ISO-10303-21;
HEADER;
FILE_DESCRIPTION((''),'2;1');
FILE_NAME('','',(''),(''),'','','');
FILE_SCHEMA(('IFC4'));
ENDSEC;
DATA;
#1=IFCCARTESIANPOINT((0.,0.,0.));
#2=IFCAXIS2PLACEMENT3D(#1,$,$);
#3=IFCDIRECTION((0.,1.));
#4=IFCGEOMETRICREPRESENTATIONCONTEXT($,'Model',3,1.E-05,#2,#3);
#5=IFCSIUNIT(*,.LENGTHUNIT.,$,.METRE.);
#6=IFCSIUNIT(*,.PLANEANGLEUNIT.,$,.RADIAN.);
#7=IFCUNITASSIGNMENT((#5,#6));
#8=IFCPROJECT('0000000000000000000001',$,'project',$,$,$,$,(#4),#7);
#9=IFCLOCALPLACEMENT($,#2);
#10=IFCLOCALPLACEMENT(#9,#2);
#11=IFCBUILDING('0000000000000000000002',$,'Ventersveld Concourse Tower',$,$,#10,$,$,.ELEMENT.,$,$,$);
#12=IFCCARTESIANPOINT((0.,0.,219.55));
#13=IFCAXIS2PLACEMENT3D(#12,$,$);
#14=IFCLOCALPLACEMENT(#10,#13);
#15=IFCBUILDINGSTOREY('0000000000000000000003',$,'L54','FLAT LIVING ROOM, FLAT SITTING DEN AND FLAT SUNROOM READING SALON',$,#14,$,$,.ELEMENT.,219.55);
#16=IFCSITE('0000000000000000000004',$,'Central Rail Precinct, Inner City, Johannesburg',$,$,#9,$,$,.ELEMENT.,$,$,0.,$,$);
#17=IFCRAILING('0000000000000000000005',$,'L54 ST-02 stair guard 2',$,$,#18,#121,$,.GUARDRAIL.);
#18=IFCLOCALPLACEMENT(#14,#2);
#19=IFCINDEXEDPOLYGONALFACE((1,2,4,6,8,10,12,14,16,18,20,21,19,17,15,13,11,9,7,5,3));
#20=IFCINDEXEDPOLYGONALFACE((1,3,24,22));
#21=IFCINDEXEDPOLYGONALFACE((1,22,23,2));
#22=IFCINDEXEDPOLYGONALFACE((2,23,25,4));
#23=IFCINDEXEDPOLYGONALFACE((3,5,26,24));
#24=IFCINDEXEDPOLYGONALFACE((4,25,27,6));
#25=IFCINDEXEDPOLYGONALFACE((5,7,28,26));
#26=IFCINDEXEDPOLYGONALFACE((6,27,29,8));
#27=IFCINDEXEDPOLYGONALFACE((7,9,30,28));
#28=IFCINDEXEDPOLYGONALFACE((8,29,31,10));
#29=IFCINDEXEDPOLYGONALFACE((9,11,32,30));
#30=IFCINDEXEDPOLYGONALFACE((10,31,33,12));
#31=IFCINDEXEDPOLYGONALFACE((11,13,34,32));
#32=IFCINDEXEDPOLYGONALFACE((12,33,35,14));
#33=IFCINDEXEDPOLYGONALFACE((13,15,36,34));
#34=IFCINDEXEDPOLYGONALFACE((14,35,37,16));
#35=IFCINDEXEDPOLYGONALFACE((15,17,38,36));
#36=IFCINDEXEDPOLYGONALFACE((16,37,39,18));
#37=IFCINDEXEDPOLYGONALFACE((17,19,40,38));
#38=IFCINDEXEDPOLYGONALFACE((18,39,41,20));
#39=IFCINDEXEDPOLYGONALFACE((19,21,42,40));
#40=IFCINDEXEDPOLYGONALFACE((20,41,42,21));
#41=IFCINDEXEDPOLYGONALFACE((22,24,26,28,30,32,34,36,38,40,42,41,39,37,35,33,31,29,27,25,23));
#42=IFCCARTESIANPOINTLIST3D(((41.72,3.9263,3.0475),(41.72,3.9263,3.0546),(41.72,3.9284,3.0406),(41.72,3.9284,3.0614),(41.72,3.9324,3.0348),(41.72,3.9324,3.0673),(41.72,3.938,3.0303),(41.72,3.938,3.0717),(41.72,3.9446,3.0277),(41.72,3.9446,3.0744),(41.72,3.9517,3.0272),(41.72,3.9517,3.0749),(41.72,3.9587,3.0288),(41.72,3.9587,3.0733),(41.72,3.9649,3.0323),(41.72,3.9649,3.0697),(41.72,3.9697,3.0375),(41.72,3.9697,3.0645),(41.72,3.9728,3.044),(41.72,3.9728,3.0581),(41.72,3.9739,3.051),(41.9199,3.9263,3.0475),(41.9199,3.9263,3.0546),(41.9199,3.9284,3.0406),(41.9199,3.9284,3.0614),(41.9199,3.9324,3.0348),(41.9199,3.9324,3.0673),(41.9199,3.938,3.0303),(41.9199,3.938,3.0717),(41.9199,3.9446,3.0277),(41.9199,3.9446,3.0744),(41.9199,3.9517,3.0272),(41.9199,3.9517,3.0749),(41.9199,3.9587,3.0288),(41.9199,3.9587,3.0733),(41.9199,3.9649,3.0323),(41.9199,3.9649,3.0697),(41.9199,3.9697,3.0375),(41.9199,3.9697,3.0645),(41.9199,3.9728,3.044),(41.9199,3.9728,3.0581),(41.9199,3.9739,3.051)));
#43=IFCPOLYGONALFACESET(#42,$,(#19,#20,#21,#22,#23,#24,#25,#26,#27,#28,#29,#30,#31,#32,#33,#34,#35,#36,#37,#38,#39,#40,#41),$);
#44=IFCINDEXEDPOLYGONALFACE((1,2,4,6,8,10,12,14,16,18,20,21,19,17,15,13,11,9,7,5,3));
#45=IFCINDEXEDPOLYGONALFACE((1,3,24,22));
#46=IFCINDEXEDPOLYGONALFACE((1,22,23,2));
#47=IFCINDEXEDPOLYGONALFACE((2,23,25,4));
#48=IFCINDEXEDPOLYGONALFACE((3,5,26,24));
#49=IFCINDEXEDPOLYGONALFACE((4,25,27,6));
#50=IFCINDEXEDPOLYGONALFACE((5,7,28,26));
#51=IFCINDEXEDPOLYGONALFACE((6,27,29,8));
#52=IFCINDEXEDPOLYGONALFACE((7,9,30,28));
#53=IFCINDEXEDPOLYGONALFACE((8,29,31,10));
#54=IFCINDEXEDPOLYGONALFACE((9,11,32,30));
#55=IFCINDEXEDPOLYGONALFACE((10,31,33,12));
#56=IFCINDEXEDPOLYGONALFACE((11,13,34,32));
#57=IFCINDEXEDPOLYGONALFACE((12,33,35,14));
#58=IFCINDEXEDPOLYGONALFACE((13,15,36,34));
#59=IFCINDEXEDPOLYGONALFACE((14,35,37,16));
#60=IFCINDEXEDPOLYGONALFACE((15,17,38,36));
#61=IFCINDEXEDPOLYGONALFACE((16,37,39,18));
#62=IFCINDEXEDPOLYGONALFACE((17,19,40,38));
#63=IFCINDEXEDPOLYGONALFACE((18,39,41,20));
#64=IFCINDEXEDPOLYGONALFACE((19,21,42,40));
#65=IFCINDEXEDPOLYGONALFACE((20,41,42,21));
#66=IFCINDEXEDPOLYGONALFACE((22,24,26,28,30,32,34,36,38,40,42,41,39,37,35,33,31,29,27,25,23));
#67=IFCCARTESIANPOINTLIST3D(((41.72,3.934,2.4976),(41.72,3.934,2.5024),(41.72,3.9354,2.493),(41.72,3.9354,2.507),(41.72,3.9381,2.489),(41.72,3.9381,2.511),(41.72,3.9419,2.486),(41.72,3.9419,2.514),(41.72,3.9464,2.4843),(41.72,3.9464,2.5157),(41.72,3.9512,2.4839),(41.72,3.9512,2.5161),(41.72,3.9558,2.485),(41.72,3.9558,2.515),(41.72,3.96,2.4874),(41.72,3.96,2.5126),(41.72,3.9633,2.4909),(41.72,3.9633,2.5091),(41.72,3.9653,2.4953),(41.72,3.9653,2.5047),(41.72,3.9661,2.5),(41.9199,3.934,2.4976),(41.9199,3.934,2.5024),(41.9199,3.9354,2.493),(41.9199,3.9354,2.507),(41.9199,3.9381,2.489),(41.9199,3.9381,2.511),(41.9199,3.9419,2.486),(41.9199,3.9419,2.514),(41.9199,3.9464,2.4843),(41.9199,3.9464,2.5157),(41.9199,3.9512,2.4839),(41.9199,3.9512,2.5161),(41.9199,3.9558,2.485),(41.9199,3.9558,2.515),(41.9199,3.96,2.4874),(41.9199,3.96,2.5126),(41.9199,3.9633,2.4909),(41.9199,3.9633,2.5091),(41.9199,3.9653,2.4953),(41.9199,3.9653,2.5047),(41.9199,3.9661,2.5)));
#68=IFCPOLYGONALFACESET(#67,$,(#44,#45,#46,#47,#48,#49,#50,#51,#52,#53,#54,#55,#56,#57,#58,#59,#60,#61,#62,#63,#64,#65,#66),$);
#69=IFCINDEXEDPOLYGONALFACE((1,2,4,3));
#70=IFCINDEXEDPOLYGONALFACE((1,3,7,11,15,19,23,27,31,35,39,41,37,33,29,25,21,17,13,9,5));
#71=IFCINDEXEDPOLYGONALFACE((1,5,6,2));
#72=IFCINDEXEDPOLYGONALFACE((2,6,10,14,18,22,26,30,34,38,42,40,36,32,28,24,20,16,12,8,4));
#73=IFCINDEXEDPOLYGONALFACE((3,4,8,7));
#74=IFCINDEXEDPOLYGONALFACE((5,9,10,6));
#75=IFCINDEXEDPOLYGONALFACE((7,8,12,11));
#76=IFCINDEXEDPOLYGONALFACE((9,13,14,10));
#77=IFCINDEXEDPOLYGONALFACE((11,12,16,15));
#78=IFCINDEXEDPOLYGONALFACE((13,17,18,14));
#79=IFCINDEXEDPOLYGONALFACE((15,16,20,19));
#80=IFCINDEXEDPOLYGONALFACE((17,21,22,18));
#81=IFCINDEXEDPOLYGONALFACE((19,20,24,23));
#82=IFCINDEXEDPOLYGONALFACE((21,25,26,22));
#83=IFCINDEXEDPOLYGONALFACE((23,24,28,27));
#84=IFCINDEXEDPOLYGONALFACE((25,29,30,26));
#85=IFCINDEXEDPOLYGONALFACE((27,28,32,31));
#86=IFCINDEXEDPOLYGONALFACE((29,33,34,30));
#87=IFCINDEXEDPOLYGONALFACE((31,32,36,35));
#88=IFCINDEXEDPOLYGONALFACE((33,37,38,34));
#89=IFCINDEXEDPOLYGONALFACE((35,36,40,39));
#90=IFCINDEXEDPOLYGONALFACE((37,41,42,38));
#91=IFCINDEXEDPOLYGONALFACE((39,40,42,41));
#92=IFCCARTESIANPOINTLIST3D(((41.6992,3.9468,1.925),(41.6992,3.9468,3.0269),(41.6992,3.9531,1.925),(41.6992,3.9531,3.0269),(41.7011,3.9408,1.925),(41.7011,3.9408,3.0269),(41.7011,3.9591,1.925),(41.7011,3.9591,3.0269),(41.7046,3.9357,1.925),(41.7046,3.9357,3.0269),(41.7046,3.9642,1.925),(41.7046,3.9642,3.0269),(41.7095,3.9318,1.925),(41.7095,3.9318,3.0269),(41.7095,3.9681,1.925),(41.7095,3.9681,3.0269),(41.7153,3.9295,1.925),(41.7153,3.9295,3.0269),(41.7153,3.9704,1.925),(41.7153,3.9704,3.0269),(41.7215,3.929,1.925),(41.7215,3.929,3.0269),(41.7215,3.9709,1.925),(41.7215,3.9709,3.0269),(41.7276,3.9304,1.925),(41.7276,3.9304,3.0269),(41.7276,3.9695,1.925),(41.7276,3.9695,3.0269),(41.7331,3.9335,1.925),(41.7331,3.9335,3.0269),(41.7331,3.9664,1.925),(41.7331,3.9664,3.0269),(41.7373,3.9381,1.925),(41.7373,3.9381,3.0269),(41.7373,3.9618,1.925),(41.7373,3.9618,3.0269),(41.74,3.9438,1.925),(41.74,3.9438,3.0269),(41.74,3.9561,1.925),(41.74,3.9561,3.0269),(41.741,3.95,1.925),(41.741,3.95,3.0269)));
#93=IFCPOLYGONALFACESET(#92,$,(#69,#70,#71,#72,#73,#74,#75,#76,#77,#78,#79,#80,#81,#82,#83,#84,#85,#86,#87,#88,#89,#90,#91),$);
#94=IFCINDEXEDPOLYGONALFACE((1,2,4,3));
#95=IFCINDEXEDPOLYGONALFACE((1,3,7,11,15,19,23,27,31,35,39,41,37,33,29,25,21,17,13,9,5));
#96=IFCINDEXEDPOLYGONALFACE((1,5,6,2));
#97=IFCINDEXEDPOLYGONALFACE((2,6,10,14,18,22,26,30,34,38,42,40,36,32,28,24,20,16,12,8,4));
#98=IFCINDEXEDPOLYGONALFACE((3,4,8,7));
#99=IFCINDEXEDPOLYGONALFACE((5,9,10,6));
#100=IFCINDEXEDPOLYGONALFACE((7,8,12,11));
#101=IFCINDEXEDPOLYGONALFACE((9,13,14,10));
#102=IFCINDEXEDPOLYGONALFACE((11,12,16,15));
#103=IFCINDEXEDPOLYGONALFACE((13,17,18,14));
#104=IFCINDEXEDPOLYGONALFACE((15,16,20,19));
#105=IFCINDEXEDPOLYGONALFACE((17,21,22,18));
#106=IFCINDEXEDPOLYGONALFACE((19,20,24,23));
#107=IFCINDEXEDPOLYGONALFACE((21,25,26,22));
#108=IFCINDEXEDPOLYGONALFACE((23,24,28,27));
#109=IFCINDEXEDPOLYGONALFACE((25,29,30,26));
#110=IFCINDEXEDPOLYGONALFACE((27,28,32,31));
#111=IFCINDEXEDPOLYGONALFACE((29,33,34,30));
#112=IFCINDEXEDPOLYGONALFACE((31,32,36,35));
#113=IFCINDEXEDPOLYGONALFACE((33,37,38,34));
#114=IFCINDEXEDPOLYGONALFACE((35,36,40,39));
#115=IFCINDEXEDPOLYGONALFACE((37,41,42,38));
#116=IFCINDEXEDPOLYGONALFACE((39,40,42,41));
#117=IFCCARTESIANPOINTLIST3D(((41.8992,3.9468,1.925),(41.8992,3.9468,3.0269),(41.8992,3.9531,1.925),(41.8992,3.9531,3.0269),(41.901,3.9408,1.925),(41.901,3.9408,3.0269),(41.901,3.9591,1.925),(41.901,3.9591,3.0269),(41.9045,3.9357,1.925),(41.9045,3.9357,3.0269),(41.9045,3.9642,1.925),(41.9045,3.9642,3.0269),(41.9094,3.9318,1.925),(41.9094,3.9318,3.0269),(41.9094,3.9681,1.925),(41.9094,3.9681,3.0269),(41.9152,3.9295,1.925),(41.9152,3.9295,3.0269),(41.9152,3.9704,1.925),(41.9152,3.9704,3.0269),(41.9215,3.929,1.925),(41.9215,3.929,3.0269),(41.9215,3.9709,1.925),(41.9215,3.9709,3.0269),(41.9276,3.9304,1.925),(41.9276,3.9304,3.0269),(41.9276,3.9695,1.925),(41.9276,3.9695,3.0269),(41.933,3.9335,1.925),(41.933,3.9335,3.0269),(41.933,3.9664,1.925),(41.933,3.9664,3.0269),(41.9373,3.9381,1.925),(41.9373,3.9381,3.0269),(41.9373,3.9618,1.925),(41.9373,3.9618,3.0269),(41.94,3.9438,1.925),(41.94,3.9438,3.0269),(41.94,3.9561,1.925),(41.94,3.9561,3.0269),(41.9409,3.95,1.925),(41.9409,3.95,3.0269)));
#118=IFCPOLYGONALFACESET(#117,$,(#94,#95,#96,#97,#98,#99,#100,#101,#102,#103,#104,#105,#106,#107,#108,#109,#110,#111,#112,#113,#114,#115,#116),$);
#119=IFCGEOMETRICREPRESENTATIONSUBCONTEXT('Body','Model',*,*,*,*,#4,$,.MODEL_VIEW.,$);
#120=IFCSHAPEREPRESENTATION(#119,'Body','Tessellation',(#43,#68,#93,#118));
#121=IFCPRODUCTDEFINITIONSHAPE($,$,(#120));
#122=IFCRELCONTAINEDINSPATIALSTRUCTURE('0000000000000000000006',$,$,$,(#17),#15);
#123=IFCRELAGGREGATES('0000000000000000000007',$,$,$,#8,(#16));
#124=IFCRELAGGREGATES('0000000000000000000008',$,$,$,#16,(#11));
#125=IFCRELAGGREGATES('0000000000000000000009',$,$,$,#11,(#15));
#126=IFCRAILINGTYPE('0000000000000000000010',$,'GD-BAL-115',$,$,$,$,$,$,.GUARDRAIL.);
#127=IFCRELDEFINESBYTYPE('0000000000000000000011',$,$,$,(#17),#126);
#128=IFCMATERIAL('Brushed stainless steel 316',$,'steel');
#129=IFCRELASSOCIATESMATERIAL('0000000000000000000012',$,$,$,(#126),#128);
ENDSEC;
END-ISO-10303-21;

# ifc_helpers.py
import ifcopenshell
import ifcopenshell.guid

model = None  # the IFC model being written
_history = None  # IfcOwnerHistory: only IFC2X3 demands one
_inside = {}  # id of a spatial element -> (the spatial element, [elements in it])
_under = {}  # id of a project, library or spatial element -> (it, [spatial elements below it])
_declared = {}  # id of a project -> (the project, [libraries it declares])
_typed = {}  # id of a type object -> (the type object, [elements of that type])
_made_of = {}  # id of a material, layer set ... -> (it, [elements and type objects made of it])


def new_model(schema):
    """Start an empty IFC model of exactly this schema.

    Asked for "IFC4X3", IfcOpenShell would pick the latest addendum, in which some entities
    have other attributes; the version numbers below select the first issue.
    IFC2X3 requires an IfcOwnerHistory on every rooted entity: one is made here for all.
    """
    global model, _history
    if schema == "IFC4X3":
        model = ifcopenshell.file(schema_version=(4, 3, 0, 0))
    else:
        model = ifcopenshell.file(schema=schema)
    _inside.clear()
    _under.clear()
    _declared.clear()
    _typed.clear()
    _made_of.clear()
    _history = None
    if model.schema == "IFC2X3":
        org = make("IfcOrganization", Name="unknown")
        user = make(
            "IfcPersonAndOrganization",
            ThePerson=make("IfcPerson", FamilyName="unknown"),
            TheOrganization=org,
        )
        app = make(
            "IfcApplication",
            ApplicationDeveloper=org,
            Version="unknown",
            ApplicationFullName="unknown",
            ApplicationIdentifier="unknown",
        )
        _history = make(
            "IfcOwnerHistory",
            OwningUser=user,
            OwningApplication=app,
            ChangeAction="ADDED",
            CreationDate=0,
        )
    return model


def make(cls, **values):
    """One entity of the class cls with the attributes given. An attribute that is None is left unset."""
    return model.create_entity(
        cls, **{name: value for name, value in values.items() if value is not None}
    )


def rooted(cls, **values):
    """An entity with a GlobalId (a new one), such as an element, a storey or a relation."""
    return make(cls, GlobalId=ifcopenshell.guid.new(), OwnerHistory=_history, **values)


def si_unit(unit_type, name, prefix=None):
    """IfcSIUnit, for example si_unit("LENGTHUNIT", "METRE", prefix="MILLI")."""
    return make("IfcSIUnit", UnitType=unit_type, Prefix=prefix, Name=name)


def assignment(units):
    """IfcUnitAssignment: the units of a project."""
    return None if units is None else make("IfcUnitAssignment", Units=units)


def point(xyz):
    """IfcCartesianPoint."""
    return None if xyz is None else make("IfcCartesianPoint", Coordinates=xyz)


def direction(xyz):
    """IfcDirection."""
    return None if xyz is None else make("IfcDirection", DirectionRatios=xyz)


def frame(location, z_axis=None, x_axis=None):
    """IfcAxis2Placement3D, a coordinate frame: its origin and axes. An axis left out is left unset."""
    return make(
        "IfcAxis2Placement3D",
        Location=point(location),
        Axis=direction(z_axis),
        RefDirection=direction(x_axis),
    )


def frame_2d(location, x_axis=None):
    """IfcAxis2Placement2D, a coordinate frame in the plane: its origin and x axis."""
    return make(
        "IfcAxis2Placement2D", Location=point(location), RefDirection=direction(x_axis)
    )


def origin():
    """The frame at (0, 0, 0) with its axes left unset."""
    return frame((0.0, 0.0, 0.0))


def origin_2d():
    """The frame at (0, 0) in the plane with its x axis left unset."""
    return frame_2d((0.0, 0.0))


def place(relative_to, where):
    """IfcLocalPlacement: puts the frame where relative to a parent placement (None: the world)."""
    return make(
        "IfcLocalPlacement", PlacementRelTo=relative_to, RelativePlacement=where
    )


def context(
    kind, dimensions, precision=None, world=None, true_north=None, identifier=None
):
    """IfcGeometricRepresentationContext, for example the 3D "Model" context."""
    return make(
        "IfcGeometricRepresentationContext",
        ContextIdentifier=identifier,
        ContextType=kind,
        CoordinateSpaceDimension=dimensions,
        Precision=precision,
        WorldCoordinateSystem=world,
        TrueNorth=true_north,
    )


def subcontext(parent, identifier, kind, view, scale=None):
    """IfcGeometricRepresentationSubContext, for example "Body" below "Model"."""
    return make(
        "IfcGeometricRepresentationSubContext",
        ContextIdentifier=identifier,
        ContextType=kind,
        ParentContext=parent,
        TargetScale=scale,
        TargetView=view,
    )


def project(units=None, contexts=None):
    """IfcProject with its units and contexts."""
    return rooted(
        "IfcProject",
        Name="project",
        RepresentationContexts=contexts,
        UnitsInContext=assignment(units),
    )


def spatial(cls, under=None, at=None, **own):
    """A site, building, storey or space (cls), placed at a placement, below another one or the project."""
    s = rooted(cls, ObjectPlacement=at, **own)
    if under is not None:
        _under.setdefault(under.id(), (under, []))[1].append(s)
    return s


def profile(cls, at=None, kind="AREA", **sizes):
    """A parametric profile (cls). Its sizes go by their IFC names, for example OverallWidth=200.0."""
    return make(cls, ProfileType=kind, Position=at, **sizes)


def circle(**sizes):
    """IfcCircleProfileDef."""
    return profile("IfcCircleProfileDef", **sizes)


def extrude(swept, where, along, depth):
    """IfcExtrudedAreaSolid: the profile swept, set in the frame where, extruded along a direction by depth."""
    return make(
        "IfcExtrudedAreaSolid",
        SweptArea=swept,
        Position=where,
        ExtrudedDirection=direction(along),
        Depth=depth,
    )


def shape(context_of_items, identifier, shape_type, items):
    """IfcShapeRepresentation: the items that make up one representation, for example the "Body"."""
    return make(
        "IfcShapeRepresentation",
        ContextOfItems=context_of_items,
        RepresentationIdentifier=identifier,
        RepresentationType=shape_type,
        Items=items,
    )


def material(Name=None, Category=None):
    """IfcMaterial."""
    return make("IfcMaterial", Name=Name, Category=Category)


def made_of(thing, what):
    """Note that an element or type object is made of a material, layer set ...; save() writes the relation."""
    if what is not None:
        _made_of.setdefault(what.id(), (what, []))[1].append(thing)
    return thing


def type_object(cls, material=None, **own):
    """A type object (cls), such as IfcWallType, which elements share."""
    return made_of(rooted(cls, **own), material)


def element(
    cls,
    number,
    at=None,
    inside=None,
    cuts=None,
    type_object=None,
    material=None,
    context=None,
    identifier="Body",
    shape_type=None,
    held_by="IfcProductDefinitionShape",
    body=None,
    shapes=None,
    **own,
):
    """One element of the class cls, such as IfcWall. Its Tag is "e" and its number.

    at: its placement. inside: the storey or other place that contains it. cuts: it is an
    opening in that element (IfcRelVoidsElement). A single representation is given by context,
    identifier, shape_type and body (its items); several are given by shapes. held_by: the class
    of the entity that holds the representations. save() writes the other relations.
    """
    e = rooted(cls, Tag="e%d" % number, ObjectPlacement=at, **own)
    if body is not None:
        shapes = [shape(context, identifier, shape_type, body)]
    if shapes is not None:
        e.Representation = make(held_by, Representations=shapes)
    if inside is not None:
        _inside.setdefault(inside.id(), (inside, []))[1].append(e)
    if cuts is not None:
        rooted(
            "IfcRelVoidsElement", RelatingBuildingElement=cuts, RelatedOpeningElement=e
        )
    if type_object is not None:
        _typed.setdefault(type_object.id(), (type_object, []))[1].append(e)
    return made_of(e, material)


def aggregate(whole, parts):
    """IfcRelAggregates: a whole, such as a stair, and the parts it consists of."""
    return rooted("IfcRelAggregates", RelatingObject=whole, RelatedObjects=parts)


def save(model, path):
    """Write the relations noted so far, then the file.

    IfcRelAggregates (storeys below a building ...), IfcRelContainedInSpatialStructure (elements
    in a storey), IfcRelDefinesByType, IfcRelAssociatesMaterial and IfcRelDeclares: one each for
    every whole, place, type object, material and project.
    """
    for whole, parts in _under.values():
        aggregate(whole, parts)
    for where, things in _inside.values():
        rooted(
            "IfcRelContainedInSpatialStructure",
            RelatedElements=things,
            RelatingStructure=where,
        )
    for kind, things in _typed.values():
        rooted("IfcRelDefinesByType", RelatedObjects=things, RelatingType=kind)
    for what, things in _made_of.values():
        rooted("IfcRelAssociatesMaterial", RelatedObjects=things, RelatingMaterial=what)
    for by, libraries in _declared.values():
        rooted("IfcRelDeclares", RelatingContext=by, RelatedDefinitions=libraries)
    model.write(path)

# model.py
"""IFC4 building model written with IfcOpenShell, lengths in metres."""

from ifc_helpers import new_model, si_unit, direction, frame, origin, origin_2d, place, context, subcontext, project, spatial, circle, extrude, material, type_object, element, save


model = new_model("IFC4")

# Units and contexts
model_context = context("Model", 3, precision=1e-05, world=origin(), true_north=direction((0.0, 1.0)))
body_context = subcontext(model_context, "Body", "Model", "MODEL_VIEW")
ifc_project = project(units=[si_unit("LENGTHUNIT", "METRE"), si_unit("PLANEANGLEUNIT", "RADIAN")], contexts=[model_context])

# Site, building, storey
site_placement = place(None, origin())
site = spatial("IfcSite", under=ifc_project, at=site_placement, Name="Central Rail Precinct, Inner City, Johannesburg", CompositionType="ELEMENT", RefElevation=0.0)
building_placement = place(site_placement, origin())
building = spatial("IfcBuilding", under=site, at=building_placement, Name="Ventersveld Concourse Tower", CompositionType="ELEMENT")
storey_placement = place(building_placement, frame((0.0, 0.0, 219.55)))
storey = spatial("IfcBuildingStorey", under=building, at=storey_placement, Name="L54", Description="FLAT LIVING ROOM, FLAT SITTING DEN AND FLAT SUNROOM READING SALON", CompositionType="ELEMENT", Elevation=219.55)

# Shared definitions
ifc_material_1 = material(Name="Brushed stainless steel 316", Category="steel")

# Railing
railing_type_1 = type_object("IfcRailingType", Name="GD-BAL-115", PredefinedType="GUARDRAIL", material=ifc_material_1)
railing_1_placement = place(storey_placement, frame((41.72, 3.95, 1.925)))
element("IfcRailing", 1, at=railing_1_placement, inside=storey, type_object=railing_type_1, Name="L54 ST-02 stair guard 2", PredefinedType="GUARDRAIL", context=body_context, shape_type="SweptSolid", body=[
    extrude(circle(Radius=0.0239, at=origin_2d()), frame((0.0, 0.0, 1.126), z_axis=(1.0, 0.0, 0.0), x_axis=(0.0, 1.0, 0.0)), (0.0, 0.0, 1.0), 0.2),
    extrude(circle(Radius=0.0161, at=origin_2d()), frame((0.0, 0.0, 0.575), z_axis=(1.0, 0.0, 0.0), x_axis=(0.0, 1.0, 0.0)), (0.0, 0.0, 1.0), 0.2),
    extrude(circle(Radius=0.021, at=origin_2d()), origin(), (0.0, 0.0, 1.0), 1.1018),
    extrude(circle(Radius=0.021, at=origin_2d()), frame((0.2, 0.0, 0.0)), (0.0, 0.0, 1.0), 1.1018),
])

save(model, "model.ifc")
